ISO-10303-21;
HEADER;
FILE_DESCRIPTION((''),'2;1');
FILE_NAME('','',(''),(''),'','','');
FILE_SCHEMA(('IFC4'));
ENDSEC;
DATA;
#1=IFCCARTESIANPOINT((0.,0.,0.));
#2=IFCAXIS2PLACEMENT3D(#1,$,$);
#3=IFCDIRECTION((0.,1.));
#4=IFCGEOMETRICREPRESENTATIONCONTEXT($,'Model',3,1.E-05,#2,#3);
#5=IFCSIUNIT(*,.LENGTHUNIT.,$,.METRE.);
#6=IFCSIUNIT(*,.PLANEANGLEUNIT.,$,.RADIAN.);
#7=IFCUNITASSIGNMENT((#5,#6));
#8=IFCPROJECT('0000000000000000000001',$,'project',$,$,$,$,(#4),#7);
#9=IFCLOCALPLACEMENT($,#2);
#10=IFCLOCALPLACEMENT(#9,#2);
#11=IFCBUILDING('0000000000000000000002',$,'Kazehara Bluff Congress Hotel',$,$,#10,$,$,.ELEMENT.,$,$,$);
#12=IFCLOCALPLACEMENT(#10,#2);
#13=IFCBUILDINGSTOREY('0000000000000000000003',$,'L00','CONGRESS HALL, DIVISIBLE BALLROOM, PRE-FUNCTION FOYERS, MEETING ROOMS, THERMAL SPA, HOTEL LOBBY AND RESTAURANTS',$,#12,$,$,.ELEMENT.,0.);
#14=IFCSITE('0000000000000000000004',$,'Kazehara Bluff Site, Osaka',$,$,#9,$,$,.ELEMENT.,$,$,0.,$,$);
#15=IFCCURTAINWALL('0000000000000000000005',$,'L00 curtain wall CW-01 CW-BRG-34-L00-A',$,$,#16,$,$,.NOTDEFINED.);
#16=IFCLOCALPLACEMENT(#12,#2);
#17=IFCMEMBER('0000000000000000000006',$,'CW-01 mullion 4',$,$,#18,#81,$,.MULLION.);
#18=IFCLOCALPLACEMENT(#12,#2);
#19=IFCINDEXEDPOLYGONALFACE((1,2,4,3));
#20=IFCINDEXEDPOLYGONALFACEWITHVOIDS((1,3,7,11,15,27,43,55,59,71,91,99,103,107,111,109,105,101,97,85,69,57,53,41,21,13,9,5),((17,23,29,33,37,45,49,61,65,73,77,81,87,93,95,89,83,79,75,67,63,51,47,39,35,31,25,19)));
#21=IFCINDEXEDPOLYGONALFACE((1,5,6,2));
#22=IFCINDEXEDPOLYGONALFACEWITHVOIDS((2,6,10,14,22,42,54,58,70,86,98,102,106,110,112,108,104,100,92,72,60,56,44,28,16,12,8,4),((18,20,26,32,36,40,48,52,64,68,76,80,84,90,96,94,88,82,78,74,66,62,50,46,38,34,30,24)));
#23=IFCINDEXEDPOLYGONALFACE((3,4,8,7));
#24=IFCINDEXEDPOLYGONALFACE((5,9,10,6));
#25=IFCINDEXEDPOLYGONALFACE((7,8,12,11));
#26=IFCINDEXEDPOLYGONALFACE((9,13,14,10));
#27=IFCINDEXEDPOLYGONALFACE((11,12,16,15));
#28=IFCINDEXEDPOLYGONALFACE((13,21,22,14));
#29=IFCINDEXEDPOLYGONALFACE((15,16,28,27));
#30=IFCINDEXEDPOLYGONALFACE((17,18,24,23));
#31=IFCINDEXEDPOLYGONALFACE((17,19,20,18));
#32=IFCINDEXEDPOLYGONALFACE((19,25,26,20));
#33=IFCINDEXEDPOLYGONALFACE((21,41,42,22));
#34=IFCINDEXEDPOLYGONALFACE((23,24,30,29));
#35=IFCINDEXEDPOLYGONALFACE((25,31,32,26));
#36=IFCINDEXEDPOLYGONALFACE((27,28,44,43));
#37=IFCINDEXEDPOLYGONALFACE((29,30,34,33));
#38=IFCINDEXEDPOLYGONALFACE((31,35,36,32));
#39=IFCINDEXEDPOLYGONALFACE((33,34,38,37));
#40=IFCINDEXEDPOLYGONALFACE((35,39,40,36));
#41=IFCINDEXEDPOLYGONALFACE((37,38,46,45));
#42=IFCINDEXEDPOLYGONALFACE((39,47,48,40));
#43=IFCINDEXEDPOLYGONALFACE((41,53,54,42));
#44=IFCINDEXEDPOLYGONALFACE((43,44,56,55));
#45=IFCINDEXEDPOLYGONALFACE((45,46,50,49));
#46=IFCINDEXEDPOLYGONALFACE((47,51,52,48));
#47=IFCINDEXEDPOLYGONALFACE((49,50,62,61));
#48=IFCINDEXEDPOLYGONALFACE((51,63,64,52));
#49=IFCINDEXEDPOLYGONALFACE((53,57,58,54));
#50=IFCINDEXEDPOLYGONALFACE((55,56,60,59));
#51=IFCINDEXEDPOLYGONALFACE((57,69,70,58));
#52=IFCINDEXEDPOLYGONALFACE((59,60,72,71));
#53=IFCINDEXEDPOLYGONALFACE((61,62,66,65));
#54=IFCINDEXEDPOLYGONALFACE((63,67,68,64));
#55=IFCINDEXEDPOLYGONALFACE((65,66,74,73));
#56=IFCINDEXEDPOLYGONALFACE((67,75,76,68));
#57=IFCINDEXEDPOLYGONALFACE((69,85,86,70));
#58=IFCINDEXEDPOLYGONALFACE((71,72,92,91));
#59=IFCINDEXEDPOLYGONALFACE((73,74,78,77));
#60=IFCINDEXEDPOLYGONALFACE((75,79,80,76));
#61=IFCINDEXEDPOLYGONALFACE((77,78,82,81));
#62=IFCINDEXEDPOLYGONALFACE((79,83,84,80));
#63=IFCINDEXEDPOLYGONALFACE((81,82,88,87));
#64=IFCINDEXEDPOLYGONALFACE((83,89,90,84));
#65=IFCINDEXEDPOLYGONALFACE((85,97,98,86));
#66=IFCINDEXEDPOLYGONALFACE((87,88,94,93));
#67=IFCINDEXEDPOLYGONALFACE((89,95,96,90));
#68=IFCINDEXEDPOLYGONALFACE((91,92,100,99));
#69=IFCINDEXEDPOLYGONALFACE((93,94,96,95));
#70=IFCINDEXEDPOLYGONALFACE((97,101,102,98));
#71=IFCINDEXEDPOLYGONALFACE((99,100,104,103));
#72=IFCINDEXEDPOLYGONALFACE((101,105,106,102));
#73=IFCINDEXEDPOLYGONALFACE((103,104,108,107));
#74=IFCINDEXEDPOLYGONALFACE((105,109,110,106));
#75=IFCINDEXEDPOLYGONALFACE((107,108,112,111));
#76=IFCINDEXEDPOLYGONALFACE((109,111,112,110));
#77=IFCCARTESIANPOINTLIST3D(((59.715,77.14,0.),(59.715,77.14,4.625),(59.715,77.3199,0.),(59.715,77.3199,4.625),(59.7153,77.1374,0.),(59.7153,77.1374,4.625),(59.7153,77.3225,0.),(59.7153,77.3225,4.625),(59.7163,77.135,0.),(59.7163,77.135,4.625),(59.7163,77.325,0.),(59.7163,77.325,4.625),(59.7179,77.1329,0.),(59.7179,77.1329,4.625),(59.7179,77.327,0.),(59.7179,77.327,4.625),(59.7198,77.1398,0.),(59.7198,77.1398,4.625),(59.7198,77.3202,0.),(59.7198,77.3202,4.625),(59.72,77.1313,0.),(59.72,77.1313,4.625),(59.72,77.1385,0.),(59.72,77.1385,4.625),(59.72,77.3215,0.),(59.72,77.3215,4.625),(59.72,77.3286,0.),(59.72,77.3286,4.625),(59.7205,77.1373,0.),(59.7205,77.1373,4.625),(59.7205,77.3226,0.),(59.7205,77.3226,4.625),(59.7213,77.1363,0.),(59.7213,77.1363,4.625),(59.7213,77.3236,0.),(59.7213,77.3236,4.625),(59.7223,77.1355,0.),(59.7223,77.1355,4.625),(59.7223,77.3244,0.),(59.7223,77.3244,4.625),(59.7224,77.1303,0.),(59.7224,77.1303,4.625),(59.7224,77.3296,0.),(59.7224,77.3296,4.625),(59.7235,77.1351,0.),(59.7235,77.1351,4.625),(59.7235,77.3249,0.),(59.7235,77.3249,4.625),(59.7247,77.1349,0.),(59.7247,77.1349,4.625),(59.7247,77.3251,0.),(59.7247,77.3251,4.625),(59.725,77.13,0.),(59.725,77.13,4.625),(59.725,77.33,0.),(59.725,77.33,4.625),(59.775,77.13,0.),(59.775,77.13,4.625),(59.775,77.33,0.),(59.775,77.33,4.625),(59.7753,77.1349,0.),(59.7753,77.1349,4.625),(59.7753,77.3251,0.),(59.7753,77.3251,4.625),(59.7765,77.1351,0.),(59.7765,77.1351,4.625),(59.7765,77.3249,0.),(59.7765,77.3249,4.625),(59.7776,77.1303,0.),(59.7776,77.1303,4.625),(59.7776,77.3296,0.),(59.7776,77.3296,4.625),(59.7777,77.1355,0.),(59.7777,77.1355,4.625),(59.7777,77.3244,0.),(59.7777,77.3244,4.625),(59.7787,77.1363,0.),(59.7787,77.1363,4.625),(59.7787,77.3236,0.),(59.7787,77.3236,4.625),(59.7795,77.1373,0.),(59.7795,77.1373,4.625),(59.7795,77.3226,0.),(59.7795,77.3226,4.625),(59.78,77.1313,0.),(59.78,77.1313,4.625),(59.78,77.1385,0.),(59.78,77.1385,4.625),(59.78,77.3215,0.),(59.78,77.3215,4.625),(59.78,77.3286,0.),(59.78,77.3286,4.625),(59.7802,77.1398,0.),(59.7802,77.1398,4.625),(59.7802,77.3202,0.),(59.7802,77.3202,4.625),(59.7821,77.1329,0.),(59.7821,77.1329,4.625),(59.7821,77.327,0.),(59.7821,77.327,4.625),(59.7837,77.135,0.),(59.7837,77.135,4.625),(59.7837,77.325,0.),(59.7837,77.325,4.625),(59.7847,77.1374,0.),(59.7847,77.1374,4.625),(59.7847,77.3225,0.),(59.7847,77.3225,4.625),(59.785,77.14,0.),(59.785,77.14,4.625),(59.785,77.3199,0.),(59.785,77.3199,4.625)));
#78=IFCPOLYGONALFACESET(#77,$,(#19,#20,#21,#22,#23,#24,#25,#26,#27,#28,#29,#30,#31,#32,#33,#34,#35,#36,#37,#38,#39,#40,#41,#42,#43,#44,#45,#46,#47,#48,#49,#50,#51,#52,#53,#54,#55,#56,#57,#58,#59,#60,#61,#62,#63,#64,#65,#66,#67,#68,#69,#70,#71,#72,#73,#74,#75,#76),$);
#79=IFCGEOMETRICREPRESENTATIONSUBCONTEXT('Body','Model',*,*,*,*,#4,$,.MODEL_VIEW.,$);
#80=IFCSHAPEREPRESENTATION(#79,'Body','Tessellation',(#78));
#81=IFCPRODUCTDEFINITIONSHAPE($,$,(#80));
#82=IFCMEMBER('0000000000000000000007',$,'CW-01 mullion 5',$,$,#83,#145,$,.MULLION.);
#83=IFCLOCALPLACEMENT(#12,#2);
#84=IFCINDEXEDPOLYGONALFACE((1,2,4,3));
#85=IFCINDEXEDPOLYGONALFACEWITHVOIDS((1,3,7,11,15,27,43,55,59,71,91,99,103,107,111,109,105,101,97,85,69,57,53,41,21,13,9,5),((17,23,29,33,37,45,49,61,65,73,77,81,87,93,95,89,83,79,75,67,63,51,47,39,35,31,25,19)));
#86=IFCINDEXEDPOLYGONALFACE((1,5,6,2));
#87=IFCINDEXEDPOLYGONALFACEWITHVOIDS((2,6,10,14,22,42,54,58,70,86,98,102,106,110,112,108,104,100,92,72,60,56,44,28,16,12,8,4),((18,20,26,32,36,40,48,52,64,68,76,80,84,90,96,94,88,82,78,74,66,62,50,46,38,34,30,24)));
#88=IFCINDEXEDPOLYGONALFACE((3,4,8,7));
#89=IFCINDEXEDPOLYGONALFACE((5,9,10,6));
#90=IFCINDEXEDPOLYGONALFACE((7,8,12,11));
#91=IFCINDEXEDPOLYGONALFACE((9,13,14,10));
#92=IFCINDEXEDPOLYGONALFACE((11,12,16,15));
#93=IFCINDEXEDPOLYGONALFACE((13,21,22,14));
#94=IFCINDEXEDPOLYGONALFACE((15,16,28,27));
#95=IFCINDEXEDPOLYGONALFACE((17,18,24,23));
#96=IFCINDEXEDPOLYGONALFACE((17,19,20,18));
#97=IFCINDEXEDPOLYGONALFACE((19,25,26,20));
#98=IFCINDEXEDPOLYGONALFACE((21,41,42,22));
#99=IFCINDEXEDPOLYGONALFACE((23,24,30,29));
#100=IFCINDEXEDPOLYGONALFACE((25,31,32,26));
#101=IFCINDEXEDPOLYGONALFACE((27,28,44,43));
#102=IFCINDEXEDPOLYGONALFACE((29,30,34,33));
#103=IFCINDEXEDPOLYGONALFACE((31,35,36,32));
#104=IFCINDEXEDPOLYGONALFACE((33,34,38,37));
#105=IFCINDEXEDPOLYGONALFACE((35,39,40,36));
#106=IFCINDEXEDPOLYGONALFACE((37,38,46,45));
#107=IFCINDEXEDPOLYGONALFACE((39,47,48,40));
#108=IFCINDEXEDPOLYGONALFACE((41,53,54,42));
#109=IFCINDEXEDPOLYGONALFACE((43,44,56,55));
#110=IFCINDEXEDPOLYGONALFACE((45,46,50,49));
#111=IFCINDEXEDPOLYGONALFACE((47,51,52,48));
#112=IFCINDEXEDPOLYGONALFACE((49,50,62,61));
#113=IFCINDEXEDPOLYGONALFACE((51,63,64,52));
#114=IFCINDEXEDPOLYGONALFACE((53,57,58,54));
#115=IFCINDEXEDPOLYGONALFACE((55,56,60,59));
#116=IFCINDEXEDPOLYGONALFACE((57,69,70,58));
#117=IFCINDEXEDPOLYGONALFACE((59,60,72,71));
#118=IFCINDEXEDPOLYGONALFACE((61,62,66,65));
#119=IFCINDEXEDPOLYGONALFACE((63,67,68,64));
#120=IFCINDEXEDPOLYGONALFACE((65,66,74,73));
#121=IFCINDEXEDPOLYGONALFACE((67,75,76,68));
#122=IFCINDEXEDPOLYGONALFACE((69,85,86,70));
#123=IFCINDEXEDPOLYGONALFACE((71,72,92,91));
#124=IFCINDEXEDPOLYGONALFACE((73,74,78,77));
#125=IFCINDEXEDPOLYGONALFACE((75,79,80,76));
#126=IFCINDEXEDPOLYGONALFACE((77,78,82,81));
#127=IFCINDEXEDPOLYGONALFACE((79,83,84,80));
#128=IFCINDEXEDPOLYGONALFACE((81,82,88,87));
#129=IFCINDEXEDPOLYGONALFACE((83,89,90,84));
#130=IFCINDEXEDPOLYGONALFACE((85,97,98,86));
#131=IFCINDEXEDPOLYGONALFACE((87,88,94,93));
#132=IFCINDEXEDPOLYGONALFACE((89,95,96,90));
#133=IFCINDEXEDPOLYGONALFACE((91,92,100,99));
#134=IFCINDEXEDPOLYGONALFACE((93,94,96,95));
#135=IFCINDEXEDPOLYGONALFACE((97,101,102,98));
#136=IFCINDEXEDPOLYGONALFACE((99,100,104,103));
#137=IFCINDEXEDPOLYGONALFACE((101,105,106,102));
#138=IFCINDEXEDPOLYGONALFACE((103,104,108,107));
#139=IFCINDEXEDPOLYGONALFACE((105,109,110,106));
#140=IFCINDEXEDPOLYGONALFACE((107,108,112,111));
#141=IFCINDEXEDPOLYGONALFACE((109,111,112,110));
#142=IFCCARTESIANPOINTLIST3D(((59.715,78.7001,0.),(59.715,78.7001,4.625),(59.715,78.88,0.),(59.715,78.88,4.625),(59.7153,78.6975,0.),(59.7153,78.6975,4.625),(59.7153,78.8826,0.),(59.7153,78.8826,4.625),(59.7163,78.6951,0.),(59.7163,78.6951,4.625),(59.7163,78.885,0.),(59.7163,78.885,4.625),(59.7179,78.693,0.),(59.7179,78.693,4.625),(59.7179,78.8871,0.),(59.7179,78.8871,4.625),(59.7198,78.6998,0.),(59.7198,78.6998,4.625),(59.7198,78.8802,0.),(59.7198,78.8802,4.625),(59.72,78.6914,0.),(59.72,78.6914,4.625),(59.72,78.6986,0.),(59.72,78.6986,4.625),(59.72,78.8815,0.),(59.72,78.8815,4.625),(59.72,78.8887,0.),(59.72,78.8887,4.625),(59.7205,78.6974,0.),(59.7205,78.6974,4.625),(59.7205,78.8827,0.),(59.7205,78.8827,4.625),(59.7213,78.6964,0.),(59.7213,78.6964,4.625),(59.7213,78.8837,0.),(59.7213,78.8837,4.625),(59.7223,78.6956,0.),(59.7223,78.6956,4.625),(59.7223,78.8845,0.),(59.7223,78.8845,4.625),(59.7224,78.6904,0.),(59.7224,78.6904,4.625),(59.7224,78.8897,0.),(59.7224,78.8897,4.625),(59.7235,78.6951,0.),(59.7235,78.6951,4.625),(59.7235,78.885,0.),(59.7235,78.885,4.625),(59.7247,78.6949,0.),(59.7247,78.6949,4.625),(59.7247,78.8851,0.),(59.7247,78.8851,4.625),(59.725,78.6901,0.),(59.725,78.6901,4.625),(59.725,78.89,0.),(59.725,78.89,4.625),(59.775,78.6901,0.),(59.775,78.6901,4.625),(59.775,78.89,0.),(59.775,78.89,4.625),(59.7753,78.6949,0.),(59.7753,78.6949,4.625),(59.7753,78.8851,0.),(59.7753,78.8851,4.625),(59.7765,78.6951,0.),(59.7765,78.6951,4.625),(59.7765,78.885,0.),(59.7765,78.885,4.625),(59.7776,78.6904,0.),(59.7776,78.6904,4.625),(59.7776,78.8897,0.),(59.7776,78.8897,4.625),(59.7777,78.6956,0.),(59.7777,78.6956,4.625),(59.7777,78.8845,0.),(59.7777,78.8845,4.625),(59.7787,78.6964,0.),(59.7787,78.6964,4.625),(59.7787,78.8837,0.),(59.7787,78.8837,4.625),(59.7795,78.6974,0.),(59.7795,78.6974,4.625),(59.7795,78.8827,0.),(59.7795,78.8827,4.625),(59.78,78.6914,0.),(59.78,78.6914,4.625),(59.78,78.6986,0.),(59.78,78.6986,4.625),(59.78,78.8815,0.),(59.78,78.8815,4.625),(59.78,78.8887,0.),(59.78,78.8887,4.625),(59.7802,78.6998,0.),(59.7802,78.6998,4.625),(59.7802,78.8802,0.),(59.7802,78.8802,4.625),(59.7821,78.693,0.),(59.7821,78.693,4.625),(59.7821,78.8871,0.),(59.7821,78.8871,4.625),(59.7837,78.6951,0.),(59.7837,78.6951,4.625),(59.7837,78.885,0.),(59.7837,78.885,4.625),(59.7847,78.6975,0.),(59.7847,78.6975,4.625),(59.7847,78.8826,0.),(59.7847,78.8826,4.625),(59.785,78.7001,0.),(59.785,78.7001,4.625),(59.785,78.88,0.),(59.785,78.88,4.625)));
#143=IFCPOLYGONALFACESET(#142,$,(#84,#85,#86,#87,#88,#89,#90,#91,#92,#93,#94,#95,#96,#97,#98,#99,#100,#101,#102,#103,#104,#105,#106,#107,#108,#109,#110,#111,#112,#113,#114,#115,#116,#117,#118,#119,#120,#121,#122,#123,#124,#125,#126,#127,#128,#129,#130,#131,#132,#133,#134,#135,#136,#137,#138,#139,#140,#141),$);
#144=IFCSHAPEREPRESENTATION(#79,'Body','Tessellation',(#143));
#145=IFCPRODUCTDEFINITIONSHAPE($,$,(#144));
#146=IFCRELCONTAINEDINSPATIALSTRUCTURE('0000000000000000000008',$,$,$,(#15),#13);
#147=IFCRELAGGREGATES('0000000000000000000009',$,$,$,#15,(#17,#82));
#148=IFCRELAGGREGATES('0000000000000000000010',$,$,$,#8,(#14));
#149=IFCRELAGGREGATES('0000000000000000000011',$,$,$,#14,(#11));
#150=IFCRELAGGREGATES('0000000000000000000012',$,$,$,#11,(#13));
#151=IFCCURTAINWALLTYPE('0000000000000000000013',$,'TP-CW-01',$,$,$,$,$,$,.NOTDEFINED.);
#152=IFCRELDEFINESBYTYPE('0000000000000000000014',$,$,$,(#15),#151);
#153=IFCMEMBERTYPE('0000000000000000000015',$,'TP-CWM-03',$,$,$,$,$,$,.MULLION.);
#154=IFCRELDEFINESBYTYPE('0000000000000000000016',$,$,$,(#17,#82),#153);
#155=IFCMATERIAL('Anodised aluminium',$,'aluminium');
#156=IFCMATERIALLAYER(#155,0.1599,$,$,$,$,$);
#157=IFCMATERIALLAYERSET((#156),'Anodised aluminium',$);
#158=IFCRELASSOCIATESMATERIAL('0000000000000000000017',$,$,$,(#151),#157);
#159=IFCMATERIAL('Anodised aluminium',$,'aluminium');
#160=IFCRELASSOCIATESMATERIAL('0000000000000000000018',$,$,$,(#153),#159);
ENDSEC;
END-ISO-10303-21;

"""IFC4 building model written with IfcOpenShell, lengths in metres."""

from ifc_helpers import new_model, si_unit, direction, frame, origin, origin_2d, place, context, subcontext, project, spatial, hollow_rectangle, extrude, material, layer, layer_set, material_profile, profile_set, type_object, element, aggregate, save


model = new_model("IFC4")

# Units and contexts
model_context = context("Model", 3, precision=1e-05, world=origin(), true_north=direction((0.0, 1.0)))
body_context = subcontext(model_context, "Body", "Model", "MODEL_VIEW")
ifc_project = project(units=[si_unit("LENGTHUNIT", "METRE"), si_unit("PLANEANGLEUNIT", "RADIAN")], contexts=[model_context])

# Site, building, storey
site_placement = place(None, origin())
site = spatial("IfcSite", under=ifc_project, at=site_placement, Name="Kazehara Bluff Site, Osaka", CompositionType="ELEMENT", RefElevation=0.0)
building_placement = place(site_placement, origin())
building = spatial("IfcBuilding", under=site, at=building_placement, Name="Kazehara Bluff Congress Hotel", CompositionType="ELEMENT")
storey_placement = place(building_placement, origin())
storey = spatial("IfcBuildingStorey", under=building, at=storey_placement, Name="L00", Description="CONGRESS HALL, DIVISIBLE BALLROOM, PRE-FUNCTION FOYERS, MEETING ROOMS, THERMAL SPA, HOTEL LOBBY AND RESTAURANTS", CompositionType="ELEMENT", Elevation=0.0)

# Curtain wall, members
ifc_material_1 = material(Name="Anodised aluminium", Category="aluminium")
ifc_layer_1 = layer(ifc_material_1, 0.1599)
ifc_layer_set_1 = layer_set([ifc_layer_1], Name="Anodised aluminium")
curtain_wall_type_1 = type_object("IfcCurtainWallType", Name="TP-CW-01", PredefinedType="NOTDEFINED", material=ifc_layer_set_1)
curtain_wall_1_placement = place(storey_placement, origin())
curtain_wall_1 = element("IfcCurtainWall", 1, at=curtain_wall_1_placement, inside=storey, type_object=curtain_wall_type_1, Name="L00 curtain wall CW-01 CW-BRG-34-L00-A", PredefinedType="NOTDEFINED")
ifc_material_2 = material(Name="Anodised aluminium", Category="aluminium")
ifc_material_profile_1 = material_profile(ifc_material_2, hollow_rectangle(XDim=0.0701, YDim=0.2, WallThickness=0.0049, InnerFilletRadius=0.0049, OuterFilletRadius=0.01, at=origin_2d()))
ifc_profile_set_1 = profile_set([ifc_material_profile_1], Name="Anodised aluminium")
member_type_1 = type_object("IfcMemberType", Name="TP-CWM-03", PredefinedType="MULLION", material=ifc_profile_set_1)
member_1_placement = place(storey_placement, frame((59.75, 77.23, 0.0), z_axis=(0.0, 0.0, 1.0), x_axis=(-1.0, 0.0, 0.0)))
member_1 = element("IfcMember", 2, at=member_1_placement, type_object=member_type_1, Name="CW-01 mullion 4", PredefinedType="MULLION", context=body_context, shape_type="SweptSolid", body=[
    extrude(hollow_rectangle(XDim=0.0701, YDim=0.2, WallThickness=0.0049, InnerFilletRadius=0.0049, OuterFilletRadius=0.01, at=origin_2d()), origin(), (0.0, 0.0, 1.0), 4.625),
])
member_2_placement = place(storey_placement, frame((59.75, 78.79, 0.0), z_axis=(0.0, 0.0, 1.0), x_axis=(-1.0, 0.0, 0.0)))
member_2 = element("IfcMember", 3, at=member_2_placement, type_object=member_type_1, Name="CW-01 mullion 5", PredefinedType="MULLION", context=body_context, shape_type="SweptSolid", body=[
    extrude(hollow_rectangle(XDim=0.0701, YDim=0.2, WallThickness=0.0049, InnerFilletRadius=0.0049, OuterFilletRadius=0.01, at=origin_2d()), origin(), (0.0, 0.0, 1.0), 4.625),
])

aggregate(curtain_wall_1, [member_1, member_2])

save(model, "model.ifc")
